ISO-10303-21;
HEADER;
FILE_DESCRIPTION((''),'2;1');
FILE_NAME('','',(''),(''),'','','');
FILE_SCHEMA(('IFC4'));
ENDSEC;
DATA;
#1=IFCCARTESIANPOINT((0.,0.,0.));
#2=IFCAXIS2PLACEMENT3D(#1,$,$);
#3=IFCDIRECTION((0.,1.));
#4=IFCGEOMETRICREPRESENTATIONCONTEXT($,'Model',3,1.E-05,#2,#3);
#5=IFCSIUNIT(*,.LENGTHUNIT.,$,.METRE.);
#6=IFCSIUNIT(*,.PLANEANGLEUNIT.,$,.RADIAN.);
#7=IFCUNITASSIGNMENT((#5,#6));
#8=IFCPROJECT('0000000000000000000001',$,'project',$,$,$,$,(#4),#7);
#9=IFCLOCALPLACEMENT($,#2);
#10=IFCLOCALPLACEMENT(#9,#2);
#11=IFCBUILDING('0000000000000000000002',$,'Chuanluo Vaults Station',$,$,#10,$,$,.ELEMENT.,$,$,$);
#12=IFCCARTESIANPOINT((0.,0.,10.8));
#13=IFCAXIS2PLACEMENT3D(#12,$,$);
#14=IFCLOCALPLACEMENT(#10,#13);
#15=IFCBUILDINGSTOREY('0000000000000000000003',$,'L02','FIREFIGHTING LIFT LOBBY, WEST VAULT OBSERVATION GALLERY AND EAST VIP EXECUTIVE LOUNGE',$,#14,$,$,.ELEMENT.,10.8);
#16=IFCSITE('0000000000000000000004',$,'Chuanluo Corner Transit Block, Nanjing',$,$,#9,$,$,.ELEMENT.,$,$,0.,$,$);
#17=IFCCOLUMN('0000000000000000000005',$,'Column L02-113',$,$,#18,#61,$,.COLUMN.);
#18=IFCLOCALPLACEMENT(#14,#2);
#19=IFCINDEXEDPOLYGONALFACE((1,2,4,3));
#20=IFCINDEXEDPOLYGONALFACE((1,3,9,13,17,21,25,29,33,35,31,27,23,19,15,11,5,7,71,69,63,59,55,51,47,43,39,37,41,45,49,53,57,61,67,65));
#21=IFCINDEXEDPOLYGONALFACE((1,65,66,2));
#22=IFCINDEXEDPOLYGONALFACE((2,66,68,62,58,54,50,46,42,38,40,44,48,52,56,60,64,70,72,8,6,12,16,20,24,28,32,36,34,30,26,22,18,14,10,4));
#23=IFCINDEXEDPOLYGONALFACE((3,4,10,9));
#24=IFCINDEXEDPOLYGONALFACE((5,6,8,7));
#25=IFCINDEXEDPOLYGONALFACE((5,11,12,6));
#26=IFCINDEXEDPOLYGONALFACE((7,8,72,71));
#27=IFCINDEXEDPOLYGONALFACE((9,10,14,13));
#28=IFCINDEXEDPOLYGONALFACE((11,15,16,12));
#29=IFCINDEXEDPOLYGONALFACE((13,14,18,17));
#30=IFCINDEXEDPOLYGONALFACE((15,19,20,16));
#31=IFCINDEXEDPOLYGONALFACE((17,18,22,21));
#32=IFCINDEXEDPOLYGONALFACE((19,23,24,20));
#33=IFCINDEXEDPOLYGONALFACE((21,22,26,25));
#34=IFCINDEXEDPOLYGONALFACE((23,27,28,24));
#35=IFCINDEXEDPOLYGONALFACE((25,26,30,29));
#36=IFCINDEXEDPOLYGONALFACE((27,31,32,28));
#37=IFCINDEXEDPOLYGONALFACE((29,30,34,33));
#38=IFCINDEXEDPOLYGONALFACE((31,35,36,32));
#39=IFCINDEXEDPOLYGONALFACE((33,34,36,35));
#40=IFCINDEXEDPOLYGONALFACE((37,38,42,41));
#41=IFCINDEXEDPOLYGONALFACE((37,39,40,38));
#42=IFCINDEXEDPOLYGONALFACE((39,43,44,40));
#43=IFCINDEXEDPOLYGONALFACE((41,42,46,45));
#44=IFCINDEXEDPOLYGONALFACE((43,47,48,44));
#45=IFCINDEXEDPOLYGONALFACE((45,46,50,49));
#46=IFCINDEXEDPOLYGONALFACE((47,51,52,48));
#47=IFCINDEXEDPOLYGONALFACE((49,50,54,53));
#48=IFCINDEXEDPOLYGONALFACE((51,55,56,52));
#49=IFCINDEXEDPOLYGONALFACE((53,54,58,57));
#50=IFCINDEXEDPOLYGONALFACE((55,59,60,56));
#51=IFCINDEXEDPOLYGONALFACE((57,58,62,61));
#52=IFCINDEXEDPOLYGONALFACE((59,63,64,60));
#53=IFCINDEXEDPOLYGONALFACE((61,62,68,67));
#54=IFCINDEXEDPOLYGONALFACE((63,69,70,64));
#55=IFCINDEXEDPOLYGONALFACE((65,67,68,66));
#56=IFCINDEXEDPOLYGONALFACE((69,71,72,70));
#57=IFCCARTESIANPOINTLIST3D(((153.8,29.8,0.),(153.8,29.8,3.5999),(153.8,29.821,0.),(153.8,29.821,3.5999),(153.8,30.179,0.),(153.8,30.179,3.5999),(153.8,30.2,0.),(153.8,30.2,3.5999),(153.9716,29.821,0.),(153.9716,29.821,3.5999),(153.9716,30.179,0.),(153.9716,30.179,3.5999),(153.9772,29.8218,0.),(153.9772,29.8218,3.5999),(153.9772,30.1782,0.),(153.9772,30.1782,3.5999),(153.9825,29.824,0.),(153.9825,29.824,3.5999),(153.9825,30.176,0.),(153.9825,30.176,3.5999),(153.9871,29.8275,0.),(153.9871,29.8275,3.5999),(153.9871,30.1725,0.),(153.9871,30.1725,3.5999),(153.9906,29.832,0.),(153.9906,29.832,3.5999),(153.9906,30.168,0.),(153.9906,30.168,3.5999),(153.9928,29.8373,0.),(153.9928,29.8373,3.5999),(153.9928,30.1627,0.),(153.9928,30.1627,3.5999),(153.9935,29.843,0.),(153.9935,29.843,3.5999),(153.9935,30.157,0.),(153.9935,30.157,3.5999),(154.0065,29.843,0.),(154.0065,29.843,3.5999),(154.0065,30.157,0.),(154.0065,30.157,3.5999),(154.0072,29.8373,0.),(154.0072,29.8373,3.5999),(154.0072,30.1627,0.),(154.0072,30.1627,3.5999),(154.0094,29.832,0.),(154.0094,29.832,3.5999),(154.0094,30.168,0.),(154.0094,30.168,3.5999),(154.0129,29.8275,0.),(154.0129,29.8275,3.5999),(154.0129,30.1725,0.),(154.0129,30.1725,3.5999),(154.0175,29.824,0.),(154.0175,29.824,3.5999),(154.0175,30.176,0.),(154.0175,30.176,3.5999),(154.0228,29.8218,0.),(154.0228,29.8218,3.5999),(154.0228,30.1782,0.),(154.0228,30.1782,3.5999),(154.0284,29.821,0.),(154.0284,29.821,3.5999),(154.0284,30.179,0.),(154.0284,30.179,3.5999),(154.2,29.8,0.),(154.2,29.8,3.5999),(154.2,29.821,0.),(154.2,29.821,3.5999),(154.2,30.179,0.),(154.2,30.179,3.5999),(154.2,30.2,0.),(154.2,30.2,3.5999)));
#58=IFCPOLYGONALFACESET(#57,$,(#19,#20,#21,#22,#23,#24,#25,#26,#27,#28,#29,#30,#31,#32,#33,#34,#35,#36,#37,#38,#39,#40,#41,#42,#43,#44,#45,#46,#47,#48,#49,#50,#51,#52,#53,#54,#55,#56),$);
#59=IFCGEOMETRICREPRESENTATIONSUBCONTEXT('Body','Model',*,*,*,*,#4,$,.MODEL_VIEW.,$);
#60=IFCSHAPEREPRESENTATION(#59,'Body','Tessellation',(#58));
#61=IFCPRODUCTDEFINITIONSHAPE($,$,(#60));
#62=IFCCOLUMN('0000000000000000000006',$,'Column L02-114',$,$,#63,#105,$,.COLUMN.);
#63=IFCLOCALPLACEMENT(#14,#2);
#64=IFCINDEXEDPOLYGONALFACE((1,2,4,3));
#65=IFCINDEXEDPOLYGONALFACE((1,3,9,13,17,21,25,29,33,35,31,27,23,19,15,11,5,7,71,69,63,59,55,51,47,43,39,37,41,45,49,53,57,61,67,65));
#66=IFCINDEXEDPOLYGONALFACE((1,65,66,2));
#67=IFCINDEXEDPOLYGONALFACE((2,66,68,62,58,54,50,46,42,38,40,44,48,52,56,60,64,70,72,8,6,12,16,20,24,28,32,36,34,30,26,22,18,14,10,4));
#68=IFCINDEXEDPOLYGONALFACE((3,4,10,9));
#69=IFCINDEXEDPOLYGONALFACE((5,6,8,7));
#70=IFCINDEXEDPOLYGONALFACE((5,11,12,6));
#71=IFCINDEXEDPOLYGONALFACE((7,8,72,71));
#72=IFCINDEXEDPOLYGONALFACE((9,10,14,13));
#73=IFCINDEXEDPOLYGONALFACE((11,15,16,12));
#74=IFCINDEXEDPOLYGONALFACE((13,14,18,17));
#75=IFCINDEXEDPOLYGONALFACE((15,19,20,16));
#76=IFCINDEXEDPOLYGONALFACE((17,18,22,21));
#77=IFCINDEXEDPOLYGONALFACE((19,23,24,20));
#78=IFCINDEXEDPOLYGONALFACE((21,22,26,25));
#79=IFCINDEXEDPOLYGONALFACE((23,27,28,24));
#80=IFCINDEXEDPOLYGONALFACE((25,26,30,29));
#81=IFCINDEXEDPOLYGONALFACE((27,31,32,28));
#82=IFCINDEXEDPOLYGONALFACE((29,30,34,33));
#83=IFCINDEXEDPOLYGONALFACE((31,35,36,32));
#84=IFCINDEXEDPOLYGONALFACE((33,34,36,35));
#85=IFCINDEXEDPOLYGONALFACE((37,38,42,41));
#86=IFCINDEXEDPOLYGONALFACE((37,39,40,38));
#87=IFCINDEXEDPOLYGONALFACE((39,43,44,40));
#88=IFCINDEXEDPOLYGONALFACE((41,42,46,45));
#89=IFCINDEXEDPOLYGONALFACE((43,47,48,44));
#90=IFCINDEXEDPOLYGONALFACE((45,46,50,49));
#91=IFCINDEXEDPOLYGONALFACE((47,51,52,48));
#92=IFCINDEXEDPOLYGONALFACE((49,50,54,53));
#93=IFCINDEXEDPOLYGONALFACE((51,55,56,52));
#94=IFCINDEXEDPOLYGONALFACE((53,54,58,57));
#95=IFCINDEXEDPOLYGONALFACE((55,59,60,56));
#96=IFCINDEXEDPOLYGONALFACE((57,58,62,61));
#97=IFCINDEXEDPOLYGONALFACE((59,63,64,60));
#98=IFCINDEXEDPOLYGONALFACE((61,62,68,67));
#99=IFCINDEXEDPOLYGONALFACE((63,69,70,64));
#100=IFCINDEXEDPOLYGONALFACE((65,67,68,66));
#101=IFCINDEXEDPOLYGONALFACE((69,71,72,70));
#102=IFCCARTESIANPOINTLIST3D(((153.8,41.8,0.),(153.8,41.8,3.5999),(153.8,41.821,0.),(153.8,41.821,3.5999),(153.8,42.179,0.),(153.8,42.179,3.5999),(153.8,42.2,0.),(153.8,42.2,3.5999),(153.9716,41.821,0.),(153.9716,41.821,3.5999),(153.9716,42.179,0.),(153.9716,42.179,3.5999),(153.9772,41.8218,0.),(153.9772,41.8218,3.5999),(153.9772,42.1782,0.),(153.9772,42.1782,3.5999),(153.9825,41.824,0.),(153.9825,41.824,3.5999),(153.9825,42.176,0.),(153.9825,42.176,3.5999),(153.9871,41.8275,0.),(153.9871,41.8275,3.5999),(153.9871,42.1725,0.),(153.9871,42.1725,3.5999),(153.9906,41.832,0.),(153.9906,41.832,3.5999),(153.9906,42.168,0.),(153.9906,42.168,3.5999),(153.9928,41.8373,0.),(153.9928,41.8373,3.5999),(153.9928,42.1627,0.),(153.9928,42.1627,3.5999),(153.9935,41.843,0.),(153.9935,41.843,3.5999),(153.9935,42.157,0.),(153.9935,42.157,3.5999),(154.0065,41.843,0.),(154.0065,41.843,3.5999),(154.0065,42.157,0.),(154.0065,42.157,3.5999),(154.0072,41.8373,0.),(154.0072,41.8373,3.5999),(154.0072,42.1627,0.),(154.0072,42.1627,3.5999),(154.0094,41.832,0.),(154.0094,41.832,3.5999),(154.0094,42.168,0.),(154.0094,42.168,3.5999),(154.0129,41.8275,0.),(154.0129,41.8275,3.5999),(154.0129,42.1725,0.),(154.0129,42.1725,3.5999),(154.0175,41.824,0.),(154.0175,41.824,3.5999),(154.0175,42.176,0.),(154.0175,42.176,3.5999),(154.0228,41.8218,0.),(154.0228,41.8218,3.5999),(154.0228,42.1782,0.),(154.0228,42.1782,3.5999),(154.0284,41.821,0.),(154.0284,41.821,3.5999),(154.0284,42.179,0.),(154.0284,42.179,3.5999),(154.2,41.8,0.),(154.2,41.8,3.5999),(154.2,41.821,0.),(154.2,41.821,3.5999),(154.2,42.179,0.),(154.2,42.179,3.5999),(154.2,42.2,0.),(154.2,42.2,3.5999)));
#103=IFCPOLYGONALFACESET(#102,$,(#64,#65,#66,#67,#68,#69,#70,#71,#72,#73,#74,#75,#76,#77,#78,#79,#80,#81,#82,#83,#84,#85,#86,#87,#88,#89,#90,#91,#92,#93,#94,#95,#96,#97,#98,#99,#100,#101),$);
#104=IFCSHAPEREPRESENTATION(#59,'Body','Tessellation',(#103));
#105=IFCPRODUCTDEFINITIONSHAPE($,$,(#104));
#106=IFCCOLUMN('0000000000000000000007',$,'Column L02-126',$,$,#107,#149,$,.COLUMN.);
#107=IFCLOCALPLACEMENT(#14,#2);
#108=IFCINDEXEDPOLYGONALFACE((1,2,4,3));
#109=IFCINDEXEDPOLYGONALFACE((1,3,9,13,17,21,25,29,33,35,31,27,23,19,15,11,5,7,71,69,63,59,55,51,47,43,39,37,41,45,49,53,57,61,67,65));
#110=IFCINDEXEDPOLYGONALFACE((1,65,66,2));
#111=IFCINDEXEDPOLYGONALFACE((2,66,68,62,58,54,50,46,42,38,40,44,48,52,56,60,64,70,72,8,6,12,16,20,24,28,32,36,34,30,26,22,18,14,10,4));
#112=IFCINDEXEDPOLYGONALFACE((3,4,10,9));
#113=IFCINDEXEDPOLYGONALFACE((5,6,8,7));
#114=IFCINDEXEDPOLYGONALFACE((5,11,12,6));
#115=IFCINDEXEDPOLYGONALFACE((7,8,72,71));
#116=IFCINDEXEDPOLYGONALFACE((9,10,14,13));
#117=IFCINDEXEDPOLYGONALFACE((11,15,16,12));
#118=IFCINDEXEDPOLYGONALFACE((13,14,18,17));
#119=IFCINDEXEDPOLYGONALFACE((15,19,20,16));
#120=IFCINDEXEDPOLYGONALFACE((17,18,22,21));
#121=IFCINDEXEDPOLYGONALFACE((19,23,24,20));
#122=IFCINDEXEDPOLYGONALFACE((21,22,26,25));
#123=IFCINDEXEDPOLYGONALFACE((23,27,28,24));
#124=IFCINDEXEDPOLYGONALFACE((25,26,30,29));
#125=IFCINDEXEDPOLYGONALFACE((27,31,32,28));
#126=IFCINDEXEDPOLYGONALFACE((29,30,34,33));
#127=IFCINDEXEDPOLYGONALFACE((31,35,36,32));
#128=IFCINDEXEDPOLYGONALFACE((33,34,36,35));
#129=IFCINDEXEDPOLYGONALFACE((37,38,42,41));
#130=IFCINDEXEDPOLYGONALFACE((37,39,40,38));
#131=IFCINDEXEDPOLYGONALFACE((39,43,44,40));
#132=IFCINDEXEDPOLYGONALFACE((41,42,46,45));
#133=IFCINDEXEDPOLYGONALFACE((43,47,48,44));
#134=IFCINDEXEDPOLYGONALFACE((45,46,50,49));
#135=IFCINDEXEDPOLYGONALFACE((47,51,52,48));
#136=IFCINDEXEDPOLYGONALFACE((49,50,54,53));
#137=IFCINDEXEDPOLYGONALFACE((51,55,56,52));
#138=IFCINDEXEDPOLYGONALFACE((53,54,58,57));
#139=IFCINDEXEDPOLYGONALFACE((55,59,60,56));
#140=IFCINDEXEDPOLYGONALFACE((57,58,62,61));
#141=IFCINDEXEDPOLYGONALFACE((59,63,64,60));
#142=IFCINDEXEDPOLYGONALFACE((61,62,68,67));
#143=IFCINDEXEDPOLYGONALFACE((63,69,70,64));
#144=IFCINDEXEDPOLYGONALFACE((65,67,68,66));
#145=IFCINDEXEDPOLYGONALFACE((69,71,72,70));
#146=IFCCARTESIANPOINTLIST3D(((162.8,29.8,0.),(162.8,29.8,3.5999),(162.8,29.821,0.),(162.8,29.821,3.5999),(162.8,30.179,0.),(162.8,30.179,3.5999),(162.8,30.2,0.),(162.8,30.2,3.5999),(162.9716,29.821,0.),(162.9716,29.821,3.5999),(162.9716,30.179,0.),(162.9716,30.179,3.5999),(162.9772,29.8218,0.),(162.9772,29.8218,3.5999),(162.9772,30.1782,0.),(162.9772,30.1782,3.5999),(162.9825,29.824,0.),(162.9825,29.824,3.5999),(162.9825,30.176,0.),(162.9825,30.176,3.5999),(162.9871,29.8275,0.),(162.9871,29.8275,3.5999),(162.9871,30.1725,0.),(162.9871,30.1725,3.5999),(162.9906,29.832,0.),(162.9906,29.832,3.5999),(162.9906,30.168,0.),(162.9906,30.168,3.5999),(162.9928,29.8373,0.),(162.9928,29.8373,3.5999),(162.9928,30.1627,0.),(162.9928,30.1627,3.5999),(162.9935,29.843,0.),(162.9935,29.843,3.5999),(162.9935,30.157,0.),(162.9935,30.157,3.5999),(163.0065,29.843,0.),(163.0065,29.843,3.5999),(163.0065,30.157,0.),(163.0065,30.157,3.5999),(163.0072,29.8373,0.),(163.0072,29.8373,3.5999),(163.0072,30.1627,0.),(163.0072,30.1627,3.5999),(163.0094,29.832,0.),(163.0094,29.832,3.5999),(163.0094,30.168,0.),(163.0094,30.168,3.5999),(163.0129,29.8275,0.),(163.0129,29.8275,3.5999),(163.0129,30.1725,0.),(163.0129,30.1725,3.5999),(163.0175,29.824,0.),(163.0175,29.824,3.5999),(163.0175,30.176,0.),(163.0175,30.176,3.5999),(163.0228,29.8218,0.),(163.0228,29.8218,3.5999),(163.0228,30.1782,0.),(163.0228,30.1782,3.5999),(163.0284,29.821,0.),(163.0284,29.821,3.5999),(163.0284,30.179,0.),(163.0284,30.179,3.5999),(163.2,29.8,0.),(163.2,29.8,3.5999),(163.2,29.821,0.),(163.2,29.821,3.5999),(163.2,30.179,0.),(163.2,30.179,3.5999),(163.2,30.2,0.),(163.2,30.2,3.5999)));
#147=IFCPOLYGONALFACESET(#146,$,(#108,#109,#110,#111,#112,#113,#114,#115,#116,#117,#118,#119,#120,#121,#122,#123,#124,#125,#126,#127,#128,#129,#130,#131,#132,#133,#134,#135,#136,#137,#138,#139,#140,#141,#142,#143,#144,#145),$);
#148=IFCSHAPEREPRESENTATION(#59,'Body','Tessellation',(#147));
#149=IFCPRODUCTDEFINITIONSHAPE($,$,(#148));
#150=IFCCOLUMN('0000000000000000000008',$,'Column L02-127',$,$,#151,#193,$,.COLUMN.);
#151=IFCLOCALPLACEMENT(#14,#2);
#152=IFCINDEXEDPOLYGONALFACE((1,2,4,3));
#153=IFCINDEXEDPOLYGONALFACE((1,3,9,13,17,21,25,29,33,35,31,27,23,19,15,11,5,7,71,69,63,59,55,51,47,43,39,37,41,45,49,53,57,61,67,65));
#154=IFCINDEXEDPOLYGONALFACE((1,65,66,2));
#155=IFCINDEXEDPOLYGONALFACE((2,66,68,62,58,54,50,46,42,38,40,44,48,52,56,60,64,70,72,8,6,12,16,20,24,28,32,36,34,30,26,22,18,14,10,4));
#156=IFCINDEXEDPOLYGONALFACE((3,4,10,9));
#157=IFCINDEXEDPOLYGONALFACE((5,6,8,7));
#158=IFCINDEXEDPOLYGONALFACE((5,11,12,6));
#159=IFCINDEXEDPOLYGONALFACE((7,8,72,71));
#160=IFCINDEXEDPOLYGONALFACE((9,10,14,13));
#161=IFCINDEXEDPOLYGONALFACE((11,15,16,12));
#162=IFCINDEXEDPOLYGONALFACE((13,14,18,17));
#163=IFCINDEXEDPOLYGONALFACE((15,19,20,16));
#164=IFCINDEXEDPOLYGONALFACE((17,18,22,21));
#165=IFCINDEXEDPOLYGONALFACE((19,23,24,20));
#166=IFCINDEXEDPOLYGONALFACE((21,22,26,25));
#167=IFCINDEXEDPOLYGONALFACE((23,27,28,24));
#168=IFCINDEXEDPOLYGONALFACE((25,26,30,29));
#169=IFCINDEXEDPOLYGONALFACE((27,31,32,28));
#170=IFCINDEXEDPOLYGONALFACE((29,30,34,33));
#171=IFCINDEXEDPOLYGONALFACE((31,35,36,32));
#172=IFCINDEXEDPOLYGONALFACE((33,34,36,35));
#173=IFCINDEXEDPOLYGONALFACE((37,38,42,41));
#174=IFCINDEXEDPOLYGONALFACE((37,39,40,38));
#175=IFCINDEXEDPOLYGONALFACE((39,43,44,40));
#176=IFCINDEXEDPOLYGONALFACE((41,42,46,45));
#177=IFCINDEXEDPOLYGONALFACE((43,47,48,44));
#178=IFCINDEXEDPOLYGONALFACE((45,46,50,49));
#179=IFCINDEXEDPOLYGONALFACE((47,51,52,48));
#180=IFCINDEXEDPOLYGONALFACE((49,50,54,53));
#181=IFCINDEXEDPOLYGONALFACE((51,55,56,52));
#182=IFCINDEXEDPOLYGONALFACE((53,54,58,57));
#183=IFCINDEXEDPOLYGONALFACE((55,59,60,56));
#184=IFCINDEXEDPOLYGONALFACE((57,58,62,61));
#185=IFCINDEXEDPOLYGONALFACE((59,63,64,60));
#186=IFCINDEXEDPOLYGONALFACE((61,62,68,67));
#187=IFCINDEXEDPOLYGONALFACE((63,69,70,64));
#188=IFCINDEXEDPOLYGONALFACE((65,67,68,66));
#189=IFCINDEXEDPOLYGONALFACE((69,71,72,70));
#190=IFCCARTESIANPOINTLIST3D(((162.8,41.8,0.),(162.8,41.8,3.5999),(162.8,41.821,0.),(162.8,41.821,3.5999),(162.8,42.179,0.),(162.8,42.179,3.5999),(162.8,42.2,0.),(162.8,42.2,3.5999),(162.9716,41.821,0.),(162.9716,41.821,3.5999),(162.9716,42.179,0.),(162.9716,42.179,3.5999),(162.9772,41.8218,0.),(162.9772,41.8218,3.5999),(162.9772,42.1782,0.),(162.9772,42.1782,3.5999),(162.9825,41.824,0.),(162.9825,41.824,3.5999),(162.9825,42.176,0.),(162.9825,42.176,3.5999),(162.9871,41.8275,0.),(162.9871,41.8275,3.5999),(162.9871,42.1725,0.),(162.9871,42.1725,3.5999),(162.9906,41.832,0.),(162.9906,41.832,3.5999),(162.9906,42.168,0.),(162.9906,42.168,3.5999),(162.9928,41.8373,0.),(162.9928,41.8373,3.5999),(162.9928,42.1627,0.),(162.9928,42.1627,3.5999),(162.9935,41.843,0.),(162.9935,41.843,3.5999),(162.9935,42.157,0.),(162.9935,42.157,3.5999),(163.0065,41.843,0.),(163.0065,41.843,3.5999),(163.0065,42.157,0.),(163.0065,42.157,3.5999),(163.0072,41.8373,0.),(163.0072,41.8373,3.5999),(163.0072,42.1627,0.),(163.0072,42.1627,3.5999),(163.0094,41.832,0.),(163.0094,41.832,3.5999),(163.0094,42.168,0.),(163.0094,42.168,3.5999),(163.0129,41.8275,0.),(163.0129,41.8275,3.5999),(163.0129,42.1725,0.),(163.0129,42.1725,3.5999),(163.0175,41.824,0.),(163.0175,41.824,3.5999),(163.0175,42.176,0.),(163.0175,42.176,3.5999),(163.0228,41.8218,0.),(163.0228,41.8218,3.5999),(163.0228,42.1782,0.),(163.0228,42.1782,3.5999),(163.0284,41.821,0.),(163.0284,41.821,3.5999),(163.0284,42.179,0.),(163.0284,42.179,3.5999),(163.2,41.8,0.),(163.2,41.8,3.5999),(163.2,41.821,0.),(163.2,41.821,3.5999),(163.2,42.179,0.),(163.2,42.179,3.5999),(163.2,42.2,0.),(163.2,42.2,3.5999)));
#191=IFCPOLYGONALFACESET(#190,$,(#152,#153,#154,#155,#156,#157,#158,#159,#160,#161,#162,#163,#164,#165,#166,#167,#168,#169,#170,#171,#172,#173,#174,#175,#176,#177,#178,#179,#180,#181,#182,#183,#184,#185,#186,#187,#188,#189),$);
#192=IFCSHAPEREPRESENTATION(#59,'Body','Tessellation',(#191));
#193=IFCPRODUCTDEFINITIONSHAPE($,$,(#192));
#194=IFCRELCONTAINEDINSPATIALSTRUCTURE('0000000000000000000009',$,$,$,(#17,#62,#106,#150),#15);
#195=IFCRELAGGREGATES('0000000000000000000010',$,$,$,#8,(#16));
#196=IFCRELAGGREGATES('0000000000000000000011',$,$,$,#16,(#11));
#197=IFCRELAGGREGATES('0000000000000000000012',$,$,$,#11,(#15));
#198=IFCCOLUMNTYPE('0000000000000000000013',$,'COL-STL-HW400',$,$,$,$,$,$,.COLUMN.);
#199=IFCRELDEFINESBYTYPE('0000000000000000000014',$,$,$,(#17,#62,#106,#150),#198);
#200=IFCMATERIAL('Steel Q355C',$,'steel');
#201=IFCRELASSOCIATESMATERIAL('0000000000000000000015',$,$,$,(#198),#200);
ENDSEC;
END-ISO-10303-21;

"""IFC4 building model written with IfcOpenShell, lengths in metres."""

from ifc_helpers import new_model, si_unit, direction, frame, origin, origin_2d, place, context, subcontext, project, spatial, i_section, extrude, material, material_profile, profile_set, type_object, element, save


model = new_model("IFC4")

# Units and contexts
model_context = context("Model", 3, precision=1e-05, world=origin(), true_north=direction((0.0, 1.0)))
body_context = subcontext(model_context, "Body", "Model", "MODEL_VIEW")
ifc_project = project(units=[si_unit("LENGTHUNIT", "METRE"), si_unit("PLANEANGLEUNIT", "RADIAN")], contexts=[model_context])

# Site, building, storey
site_placement = place(None, origin())
site = spatial("IfcSite", under=ifc_project, at=site_placement, Name="Chuanluo Corner Transit Block, Nanjing", CompositionType="ELEMENT", RefElevation=0.0)
building_placement = place(site_placement, origin())
building = spatial("IfcBuilding", under=site, at=building_placement, Name="Chuanluo Vaults Station", CompositionType="ELEMENT")
storey_placement = place(building_placement, frame((0.0, 0.0, 10.8)))
storey = spatial("IfcBuildingStorey", under=building, at=storey_placement, Name="L02", Description="FIREFIGHTING LIFT LOBBY, WEST VAULT OBSERVATION GALLERY AND EAST VIP EXECUTIVE LOUNGE", CompositionType="ELEMENT", Elevation=10.8)

# Columns
ifc_material_1 = material(Name="Steel Q355C", Category="steel")
ifc_material_profile_1 = material_profile(ifc_material_1, i_section(OverallWidth=0.3999, OverallDepth=0.3999, WebThickness=0.0129, FlangeThickness=0.021, FilletRadius=0.022, at=origin_2d()))
ifc_profile_set_1 = profile_set([ifc_material_profile_1], Name="Steel Q355C")
column_type = type_object("IfcColumnType", Name="COL-STL-HW400", PredefinedType="COLUMN", material=ifc_profile_set_1)
for number, where, z_axis, x_axis, name in (
    (1, (154.0, 30.0, 0.0), (0.0, 0.0, 1.0), (1.0, 0.0, 0.0), "Column L02-113"),
    (2, (154.0, 42.0, 0.0), (0.0, 0.0, 1.0), (1.0, 0.0, 0.0), "Column L02-114"),
    (3, (163.0, 30.0, 0.0), (0.0, 0.0, 1.0), (1.0, 0.0, 0.0), "Column L02-126"),
    (4, (163.0, 42.0, 0.0), (0.0, 0.0, 1.0), (1.0, 0.0, 0.0), "Column L02-127"),
):
    element("IfcColumn", number, at=place(storey_placement, frame(where, z_axis=z_axis, x_axis=x_axis)), inside=storey, type_object=column_type, Name=name, PredefinedType="COLUMN", context=body_context, shape_type="SweptSolid", body=[
        extrude(i_section(OverallWidth=0.3999, OverallDepth=0.3999, WebThickness=0.0129, FlangeThickness=0.021, FilletRadius=0.022, at=origin_2d()), origin(), (0.0, 0.0, 1.0), 3.5999),
    ])

save(model, "model.ifc")
